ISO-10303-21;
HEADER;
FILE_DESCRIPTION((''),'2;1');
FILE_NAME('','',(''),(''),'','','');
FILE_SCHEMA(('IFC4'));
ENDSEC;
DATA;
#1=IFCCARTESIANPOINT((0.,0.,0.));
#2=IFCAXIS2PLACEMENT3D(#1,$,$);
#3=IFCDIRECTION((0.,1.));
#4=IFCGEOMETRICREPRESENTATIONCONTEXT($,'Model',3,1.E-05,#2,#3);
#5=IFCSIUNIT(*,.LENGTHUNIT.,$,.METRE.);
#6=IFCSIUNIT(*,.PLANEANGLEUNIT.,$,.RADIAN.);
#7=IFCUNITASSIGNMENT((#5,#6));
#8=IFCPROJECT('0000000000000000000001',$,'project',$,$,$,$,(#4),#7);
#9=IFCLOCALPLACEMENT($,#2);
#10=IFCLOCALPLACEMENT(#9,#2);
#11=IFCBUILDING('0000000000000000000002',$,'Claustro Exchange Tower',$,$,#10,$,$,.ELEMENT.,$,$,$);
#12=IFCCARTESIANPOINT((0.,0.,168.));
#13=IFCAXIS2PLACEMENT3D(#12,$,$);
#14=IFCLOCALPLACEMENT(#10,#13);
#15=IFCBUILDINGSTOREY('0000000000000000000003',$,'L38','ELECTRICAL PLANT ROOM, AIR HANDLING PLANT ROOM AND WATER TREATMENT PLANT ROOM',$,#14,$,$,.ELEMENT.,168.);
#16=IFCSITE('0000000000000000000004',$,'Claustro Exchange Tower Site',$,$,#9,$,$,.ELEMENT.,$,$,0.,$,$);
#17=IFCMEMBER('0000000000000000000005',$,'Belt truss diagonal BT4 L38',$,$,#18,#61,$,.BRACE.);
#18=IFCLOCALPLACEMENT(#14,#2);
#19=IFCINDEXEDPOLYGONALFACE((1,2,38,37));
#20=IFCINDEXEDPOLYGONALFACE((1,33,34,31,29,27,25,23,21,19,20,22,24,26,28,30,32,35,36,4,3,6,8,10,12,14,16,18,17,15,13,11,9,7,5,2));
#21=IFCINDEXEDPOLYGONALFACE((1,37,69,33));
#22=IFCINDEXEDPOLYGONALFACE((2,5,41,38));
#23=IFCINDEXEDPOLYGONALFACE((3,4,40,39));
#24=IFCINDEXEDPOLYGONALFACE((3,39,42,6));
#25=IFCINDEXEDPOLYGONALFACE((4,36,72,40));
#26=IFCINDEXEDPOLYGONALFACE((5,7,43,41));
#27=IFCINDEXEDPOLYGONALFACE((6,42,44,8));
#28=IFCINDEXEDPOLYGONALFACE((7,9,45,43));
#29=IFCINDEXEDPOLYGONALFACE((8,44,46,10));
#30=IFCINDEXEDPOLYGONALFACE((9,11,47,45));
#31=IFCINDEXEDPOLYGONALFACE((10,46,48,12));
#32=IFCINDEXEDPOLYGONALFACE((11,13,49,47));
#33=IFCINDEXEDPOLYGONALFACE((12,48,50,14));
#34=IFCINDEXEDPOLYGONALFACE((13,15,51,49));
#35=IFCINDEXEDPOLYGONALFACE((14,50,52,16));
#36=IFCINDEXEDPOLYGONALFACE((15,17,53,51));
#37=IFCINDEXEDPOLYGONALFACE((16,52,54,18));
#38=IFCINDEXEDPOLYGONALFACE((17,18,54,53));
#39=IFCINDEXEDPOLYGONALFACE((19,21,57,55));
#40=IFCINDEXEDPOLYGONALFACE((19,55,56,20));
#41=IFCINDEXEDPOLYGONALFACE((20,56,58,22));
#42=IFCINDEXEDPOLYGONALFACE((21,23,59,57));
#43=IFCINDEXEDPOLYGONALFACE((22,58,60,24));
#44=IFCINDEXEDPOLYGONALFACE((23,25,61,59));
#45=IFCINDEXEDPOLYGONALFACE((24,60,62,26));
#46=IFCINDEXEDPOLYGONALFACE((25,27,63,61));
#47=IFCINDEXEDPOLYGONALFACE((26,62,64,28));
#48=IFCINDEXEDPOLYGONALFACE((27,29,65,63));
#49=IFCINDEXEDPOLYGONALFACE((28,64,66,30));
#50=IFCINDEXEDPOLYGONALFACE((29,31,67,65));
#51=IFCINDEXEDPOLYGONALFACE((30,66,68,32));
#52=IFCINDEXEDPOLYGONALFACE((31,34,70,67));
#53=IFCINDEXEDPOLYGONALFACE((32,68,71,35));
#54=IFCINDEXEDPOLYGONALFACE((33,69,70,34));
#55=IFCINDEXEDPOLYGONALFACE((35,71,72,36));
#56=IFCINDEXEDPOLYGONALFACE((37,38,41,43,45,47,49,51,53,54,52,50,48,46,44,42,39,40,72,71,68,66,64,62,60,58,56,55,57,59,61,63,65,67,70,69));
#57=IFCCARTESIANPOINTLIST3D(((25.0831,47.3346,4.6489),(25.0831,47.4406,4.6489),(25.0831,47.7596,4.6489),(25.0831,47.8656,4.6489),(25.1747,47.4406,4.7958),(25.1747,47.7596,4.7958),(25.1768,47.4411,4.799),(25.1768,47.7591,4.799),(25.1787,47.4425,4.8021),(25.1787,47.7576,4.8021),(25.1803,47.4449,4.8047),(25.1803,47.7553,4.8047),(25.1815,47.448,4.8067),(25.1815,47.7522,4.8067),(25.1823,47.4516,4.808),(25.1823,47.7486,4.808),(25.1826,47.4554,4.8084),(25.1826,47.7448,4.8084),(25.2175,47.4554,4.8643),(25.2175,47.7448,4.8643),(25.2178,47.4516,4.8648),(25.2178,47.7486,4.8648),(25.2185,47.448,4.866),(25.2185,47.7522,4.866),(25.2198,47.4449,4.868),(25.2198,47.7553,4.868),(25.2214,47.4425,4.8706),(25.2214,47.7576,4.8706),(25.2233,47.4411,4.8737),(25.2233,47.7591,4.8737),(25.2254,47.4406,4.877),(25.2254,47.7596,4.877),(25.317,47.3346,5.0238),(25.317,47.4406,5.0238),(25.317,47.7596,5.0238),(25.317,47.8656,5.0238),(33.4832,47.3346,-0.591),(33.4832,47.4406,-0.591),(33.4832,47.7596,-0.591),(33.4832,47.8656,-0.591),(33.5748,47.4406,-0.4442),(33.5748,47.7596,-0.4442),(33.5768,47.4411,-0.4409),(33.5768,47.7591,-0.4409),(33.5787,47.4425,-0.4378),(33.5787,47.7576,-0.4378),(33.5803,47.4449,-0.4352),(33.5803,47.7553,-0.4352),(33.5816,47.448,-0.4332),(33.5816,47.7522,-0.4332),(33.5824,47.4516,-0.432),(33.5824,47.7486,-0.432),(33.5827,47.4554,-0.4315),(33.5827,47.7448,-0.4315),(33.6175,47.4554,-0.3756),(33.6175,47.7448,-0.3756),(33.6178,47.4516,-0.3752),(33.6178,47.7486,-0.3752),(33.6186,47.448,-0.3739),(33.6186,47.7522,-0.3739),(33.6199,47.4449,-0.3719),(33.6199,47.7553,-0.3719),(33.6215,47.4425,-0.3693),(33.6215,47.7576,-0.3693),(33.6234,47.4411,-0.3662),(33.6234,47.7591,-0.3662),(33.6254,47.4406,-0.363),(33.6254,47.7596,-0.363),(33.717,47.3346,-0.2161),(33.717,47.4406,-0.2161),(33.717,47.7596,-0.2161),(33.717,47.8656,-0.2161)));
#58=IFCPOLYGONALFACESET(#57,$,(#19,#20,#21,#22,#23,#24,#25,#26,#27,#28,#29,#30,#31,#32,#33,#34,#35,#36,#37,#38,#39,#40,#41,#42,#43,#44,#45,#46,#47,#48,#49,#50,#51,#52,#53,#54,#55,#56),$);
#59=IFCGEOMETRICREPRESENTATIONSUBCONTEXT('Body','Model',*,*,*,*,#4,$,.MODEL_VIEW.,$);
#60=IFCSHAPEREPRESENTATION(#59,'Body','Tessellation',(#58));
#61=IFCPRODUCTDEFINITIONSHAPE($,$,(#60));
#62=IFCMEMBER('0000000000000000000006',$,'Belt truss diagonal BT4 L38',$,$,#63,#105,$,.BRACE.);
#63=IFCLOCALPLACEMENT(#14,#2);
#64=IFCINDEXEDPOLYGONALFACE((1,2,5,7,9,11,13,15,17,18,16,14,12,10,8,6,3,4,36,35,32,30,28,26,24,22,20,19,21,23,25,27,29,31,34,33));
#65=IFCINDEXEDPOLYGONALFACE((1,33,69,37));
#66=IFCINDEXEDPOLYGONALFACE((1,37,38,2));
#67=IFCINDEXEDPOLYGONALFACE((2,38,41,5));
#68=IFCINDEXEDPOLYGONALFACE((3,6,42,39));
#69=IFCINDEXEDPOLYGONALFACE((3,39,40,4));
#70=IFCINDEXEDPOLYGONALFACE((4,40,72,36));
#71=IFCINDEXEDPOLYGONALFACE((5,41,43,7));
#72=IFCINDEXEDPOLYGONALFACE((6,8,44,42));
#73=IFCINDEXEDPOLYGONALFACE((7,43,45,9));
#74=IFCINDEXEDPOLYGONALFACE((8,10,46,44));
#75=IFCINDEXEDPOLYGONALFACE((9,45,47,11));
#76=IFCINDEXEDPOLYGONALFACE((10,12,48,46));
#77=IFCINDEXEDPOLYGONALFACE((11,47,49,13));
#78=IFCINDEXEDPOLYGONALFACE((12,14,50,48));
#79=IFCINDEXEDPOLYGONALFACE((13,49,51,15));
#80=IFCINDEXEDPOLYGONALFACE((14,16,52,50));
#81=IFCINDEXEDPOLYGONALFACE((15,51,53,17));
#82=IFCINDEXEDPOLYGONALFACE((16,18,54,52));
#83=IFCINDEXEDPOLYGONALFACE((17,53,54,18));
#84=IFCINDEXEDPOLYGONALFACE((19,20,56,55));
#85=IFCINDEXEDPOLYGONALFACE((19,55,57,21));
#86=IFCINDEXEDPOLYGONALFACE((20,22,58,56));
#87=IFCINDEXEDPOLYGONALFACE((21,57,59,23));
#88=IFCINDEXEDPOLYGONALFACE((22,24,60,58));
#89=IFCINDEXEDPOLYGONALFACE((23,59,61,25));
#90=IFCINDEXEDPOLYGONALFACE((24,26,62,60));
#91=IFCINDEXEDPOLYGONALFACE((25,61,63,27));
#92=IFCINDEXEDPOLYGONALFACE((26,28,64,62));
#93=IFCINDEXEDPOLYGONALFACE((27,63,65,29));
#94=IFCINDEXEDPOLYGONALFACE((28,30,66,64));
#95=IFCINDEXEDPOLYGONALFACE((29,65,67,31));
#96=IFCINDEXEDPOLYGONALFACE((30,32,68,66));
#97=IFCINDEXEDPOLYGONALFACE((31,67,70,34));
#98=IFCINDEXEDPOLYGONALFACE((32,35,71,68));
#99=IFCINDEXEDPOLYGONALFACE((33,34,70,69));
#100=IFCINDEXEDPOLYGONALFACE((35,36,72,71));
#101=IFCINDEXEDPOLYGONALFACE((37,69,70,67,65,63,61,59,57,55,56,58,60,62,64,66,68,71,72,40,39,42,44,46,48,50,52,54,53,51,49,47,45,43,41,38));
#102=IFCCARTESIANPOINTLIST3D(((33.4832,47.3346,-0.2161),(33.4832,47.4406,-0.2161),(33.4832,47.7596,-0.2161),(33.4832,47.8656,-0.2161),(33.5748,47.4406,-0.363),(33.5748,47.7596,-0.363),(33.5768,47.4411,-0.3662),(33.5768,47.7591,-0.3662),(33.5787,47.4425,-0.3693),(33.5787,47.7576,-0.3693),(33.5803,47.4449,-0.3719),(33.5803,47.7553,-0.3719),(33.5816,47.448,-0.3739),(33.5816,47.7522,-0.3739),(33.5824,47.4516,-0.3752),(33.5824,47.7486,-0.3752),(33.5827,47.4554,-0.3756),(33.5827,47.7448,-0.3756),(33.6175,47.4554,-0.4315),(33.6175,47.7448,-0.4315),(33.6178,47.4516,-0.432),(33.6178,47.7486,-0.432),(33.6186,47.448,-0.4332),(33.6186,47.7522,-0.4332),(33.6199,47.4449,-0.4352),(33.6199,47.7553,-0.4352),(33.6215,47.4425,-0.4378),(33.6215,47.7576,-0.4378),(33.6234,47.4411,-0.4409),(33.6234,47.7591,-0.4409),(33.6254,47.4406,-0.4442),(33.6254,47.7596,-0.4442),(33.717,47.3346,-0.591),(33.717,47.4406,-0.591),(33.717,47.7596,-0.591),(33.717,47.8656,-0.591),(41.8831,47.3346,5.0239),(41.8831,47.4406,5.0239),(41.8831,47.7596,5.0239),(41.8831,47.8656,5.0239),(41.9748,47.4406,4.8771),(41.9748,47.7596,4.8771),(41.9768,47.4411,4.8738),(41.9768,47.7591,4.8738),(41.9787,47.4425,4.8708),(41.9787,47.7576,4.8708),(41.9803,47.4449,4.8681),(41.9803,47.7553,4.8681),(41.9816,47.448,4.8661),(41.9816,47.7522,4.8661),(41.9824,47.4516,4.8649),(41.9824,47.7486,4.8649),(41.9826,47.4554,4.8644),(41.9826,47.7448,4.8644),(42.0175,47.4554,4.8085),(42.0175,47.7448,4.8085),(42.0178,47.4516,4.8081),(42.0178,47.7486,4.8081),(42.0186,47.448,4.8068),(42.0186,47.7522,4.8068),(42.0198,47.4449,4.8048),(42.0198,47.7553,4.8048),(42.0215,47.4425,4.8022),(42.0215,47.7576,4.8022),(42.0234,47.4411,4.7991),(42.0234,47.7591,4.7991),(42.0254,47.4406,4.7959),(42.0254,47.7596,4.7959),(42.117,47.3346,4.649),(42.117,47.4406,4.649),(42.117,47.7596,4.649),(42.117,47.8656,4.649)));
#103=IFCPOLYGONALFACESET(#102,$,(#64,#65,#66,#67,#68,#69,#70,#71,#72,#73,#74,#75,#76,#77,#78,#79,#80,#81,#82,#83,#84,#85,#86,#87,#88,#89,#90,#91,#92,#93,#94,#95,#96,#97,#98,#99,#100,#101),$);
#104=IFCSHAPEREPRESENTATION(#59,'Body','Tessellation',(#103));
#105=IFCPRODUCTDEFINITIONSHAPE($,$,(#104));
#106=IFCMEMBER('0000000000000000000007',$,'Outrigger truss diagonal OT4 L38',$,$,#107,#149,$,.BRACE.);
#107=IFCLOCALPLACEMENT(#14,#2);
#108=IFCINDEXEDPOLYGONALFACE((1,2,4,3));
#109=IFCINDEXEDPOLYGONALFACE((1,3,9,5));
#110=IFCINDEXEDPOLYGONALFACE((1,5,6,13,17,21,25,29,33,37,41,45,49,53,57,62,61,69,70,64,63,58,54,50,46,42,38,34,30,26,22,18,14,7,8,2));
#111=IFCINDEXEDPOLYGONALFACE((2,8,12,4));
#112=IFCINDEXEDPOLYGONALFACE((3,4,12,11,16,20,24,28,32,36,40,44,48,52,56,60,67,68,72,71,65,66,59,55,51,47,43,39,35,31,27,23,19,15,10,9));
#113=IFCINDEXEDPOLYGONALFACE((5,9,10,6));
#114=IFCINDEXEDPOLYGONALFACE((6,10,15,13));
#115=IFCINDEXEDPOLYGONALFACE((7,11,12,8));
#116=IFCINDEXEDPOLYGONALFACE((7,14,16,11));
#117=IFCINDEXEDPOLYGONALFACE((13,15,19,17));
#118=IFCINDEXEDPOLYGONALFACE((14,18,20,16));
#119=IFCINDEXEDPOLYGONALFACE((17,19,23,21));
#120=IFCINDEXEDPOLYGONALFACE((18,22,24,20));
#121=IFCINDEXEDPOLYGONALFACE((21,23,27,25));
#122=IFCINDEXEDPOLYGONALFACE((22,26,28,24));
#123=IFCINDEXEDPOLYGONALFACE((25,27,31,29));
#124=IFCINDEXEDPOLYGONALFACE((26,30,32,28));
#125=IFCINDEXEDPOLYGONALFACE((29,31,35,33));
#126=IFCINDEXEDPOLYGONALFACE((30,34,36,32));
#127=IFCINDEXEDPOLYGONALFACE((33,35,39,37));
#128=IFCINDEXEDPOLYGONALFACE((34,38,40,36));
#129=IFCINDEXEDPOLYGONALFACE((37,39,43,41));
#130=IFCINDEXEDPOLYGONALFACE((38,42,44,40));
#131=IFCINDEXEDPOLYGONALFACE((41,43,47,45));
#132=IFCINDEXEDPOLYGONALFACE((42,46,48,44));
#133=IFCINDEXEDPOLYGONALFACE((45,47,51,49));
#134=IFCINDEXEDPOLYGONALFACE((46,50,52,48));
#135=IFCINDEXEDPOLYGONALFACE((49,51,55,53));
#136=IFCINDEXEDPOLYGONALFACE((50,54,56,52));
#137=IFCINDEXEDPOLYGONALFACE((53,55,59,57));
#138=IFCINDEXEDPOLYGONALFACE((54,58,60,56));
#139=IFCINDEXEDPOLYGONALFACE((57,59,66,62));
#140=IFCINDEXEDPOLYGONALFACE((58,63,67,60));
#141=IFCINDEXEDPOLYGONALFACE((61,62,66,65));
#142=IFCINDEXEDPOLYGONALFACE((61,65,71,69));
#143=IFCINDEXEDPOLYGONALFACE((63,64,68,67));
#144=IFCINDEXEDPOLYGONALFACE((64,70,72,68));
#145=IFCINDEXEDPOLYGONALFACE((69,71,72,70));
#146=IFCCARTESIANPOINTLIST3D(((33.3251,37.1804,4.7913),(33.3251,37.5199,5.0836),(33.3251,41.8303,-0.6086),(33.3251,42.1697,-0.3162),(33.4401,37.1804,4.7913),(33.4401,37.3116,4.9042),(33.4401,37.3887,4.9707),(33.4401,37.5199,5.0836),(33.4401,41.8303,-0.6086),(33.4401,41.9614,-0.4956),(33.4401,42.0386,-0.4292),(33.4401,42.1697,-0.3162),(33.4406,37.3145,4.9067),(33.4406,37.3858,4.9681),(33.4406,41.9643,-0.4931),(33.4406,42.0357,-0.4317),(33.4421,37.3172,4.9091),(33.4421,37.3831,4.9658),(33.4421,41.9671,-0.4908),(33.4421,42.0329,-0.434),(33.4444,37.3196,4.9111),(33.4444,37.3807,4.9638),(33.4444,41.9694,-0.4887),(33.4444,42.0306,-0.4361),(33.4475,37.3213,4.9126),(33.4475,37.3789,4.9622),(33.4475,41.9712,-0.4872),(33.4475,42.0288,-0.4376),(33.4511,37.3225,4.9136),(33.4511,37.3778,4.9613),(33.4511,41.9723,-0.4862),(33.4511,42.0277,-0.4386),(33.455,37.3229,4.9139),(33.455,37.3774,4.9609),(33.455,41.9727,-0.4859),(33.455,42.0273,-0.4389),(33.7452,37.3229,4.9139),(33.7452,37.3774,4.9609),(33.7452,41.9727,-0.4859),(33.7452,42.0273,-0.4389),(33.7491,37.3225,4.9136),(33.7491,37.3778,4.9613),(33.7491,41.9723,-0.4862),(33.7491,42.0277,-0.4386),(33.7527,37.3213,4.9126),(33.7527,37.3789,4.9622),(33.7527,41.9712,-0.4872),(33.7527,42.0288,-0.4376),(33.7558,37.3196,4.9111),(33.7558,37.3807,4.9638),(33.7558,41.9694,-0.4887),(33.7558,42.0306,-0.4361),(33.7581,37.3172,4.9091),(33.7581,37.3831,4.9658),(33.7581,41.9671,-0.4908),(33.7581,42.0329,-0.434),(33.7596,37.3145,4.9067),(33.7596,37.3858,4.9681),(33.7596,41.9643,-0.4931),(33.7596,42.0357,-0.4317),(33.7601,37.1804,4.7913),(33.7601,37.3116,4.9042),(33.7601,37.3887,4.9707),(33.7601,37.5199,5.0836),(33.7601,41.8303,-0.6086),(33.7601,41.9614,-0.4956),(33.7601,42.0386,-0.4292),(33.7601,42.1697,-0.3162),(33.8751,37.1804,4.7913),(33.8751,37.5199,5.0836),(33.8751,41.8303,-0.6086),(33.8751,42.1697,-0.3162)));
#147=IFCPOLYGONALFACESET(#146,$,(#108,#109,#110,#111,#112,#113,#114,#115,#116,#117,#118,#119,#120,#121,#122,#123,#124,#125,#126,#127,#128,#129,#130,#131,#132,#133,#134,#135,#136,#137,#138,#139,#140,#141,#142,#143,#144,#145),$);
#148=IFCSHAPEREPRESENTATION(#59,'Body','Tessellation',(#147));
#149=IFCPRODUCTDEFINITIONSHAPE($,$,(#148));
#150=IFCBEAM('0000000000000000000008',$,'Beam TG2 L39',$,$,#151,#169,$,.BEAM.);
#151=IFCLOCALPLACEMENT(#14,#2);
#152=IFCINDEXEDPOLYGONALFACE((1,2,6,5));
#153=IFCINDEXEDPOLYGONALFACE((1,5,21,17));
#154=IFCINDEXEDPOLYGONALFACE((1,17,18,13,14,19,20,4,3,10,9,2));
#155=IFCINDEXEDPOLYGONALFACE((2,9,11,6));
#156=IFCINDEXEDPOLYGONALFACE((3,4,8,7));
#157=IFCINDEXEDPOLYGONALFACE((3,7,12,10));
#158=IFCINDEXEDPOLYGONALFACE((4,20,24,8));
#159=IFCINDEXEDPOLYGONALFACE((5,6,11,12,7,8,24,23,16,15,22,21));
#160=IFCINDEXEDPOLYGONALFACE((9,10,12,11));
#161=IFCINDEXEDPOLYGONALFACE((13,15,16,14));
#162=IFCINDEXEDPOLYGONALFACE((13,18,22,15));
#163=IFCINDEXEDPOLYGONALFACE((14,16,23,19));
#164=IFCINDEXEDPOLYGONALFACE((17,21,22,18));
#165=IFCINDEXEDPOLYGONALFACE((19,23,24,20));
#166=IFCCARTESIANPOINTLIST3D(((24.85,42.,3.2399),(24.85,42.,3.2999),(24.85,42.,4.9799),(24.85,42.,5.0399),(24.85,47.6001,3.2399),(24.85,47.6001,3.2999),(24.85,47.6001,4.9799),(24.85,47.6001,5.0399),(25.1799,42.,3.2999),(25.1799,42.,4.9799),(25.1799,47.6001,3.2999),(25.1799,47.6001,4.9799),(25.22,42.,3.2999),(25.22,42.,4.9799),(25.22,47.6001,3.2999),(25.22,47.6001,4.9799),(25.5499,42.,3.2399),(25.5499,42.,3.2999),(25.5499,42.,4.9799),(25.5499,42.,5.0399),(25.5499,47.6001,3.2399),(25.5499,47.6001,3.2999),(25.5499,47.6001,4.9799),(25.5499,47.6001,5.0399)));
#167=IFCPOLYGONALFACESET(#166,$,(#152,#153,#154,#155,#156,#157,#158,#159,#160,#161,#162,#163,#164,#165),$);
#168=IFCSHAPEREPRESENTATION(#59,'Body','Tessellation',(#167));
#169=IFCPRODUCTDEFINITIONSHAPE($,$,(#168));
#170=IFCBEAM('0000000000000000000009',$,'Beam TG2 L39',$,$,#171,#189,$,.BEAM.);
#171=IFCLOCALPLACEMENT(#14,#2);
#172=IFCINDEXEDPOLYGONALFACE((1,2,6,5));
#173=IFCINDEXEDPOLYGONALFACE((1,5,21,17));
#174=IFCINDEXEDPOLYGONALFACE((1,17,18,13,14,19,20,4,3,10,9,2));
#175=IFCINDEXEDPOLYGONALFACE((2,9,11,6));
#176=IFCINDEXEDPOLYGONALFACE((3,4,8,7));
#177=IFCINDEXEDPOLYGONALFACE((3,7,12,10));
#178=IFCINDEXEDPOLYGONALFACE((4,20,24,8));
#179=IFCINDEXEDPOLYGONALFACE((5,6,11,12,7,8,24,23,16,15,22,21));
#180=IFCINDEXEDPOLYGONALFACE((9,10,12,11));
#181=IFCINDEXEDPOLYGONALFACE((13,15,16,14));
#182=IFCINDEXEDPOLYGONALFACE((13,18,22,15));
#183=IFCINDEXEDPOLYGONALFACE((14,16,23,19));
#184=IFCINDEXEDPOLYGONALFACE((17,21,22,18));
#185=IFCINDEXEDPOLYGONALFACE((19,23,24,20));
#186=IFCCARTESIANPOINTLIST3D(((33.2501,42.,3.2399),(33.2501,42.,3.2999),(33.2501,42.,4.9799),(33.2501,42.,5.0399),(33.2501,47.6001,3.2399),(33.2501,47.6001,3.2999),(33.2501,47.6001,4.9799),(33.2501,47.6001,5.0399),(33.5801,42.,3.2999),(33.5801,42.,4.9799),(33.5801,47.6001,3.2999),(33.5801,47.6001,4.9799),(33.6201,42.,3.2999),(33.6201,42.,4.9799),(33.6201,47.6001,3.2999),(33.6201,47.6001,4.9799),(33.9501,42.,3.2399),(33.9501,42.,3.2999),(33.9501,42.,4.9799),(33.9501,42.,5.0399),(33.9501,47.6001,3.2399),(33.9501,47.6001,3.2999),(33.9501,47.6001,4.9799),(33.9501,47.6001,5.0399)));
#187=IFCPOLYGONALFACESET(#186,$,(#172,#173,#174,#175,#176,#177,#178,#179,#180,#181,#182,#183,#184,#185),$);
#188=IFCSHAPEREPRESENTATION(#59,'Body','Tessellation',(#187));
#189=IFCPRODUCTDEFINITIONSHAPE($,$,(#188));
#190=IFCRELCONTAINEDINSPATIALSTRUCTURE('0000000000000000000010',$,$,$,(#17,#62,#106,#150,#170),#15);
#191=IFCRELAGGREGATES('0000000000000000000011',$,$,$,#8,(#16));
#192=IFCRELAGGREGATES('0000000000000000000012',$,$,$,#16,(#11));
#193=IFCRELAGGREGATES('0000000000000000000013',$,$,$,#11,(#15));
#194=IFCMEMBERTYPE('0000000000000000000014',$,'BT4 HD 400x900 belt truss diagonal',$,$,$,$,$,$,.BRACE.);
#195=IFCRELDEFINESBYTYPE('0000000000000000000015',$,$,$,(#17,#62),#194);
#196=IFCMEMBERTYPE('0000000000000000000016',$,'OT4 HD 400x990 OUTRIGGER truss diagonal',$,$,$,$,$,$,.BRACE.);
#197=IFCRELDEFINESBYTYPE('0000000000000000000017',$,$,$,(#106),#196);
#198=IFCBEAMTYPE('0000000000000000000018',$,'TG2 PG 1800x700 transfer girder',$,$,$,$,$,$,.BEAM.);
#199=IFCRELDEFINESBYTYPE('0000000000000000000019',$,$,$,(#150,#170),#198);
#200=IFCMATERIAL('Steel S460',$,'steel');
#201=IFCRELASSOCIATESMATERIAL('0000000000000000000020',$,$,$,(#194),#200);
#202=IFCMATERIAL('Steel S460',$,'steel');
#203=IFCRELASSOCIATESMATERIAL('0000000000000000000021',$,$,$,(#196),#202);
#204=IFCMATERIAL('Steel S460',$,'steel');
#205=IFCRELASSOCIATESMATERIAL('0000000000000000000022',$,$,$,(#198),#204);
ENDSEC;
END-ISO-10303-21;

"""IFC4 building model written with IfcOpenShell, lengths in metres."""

from ifc_helpers import new_model, si_unit, direction, frame, origin, origin_2d, place, context, subcontext, project, spatial, i_section, extrude, material, material_profile, profile_set, type_object, element, save


model = new_model("IFC4")

# Units and contexts
model_context = context("Model", 3, precision=1e-05, world=origin(), true_north=direction((0.0, 1.0)))
body_context = subcontext(model_context, "Body", "Model", "MODEL_VIEW")
ifc_project = project(units=[si_unit("LENGTHUNIT", "METRE"), si_unit("PLANEANGLEUNIT", "RADIAN")], contexts=[model_context])

# Site, building, storey
site_placement = place(None, origin())
site = spatial("IfcSite", under=ifc_project, at=site_placement, Name="Claustro Exchange Tower Site", CompositionType="ELEMENT", RefElevation=0.0)
building_placement = place(site_placement, origin())
building = spatial("IfcBuilding", under=site, at=building_placement, Name="Claustro Exchange Tower", CompositionType="ELEMENT")
storey_placement = place(building_placement, frame((0.0, 0.0, 168.0)))
storey = spatial("IfcBuildingStorey", under=building, at=storey_placement, Name="L38", Description="ELECTRICAL PLANT ROOM, AIR HANDLING PLANT ROOM AND WATER TREATMENT PLANT ROOM", CompositionType="ELEMENT", Elevation=168.0)

# Members
ifc_material_1 = material(Name="Steel S460", Category="steel")
ifc_material_profile_1 = material_profile(ifc_material_1, i_section(OverallWidth=0.4419, OverallDepth=0.531, WebThickness=0.0659, FlangeThickness=0.106, FilletRadius=0.0149, at=origin_2d()), Name="HD 400x900")
ifc_profile_set_1 = profile_set([ifc_material_profile_1], Name="Steel S460")
member_type_1 = type_object("IfcMemberType", Name="BT4 HD 400x900 belt truss diagonal", PredefinedType="BRACE", material=ifc_profile_set_1)
for number, where, z_axis, x_axis, name in (
    (1, (33.6001, 47.6001, -0.4036), (-0.848457, 0.0, 0.529265), (0.529265, 0.0, 0.848457), "Belt truss diagonal BT4 L38"),
    (2, (33.6001, 47.6001, -0.4036), (0.84845, 0.0, 0.529276), (-0.529276, 0.0, 0.84845), "Belt truss diagonal BT4 L38"),
):
    element("IfcMember", number, at=place(storey_placement, frame(where, z_axis=z_axis, x_axis=x_axis)), inside=storey, type_object=member_type_1, Name=name, PredefinedType="BRACE", context=body_context, shape_type="SweptSolid", body=[
        extrude(i_section(OverallWidth=0.4419, OverallDepth=0.531, WebThickness=0.0659, FlangeThickness=0.106, FilletRadius=0.0149, at=origin_2d()), origin(), (0.0, 0.0, 1.0), 9.9004),
    ])
ifc_material_2 = material(Name="Steel S460", Category="steel")
ifc_material_profile_2 = material_profile(ifc_material_2, i_section(OverallWidth=0.448, OverallDepth=0.55, WebThickness=0.072, FlangeThickness=0.115, FilletRadius=0.0149, at=origin_2d()), Name="HD 400x990")
ifc_profile_set_2 = profile_set([ifc_material_profile_2], Name="Steel S460")
member_type_2 = type_object("IfcMemberType", Name="OT4 HD 400x990 OUTRIGGER truss diagonal", PredefinedType="BRACE", material=ifc_profile_set_2)
member_placement = place(storey_placement, frame((33.6001, 42.0, -0.4624), z_axis=(0.0, -0.652522, 0.75777), x_axis=(0.0, 0.75777, 0.652522)))
element("IfcMember", 3, at=member_placement, inside=storey, type_object=member_type_2, Name="Outrigger truss diagonal OT4 L38", PredefinedType="BRACE", context=body_context, shape_type="SweptSolid", body=[
    extrude(i_section(OverallWidth=0.448, OverallDepth=0.55, WebThickness=0.072, FlangeThickness=0.115, FilletRadius=0.0149, at=origin_2d()), origin(), (0.0, 0.0, 1.0), 7.126),
])

# Beams
ifc_material_3 = material(Name="Steel S460", Category="steel")
ifc_material_profile_3 = material_profile(ifc_material_3, i_section(OverallWidth=0.7, OverallDepth=1.8, WebThickness=0.04, FlangeThickness=0.0601, at=origin_2d()), Name="PG 1800x700")
ifc_profile_set_3 = profile_set([ifc_material_profile_3], Name="Steel S460")
beam_type_1 = type_object("IfcBeamType", Name="TG2 PG 1800x700 transfer girder", PredefinedType="BEAM", material=ifc_profile_set_3)
for number, where, z_axis, x_axis, name in (
    (4, (25.2, 42.0, 4.1399), (0.0, 1.0, 0.0), (-1.0, 0.0, 0.0), "Beam TG2 L39"),
    (5, (33.6001, 42.0, 4.1399), (0.0, 1.0, 0.0), (-1.0, 0.0, 0.0), "Beam TG2 L39"),
):
    element("IfcBeam", number, at=place(storey_placement, frame(where, z_axis=z_axis, x_axis=x_axis)), inside=storey, type_object=beam_type_1, Name=name, PredefinedType="BEAM", context=body_context, shape_type="SweptSolid", body=[
        extrude(i_section(OverallWidth=0.7, OverallDepth=1.8, WebThickness=0.04, FlangeThickness=0.0601, at=origin_2d()), origin(), (0.0, 0.0, 1.0), 5.6001),
    ])

save(model, "model.ifc")
